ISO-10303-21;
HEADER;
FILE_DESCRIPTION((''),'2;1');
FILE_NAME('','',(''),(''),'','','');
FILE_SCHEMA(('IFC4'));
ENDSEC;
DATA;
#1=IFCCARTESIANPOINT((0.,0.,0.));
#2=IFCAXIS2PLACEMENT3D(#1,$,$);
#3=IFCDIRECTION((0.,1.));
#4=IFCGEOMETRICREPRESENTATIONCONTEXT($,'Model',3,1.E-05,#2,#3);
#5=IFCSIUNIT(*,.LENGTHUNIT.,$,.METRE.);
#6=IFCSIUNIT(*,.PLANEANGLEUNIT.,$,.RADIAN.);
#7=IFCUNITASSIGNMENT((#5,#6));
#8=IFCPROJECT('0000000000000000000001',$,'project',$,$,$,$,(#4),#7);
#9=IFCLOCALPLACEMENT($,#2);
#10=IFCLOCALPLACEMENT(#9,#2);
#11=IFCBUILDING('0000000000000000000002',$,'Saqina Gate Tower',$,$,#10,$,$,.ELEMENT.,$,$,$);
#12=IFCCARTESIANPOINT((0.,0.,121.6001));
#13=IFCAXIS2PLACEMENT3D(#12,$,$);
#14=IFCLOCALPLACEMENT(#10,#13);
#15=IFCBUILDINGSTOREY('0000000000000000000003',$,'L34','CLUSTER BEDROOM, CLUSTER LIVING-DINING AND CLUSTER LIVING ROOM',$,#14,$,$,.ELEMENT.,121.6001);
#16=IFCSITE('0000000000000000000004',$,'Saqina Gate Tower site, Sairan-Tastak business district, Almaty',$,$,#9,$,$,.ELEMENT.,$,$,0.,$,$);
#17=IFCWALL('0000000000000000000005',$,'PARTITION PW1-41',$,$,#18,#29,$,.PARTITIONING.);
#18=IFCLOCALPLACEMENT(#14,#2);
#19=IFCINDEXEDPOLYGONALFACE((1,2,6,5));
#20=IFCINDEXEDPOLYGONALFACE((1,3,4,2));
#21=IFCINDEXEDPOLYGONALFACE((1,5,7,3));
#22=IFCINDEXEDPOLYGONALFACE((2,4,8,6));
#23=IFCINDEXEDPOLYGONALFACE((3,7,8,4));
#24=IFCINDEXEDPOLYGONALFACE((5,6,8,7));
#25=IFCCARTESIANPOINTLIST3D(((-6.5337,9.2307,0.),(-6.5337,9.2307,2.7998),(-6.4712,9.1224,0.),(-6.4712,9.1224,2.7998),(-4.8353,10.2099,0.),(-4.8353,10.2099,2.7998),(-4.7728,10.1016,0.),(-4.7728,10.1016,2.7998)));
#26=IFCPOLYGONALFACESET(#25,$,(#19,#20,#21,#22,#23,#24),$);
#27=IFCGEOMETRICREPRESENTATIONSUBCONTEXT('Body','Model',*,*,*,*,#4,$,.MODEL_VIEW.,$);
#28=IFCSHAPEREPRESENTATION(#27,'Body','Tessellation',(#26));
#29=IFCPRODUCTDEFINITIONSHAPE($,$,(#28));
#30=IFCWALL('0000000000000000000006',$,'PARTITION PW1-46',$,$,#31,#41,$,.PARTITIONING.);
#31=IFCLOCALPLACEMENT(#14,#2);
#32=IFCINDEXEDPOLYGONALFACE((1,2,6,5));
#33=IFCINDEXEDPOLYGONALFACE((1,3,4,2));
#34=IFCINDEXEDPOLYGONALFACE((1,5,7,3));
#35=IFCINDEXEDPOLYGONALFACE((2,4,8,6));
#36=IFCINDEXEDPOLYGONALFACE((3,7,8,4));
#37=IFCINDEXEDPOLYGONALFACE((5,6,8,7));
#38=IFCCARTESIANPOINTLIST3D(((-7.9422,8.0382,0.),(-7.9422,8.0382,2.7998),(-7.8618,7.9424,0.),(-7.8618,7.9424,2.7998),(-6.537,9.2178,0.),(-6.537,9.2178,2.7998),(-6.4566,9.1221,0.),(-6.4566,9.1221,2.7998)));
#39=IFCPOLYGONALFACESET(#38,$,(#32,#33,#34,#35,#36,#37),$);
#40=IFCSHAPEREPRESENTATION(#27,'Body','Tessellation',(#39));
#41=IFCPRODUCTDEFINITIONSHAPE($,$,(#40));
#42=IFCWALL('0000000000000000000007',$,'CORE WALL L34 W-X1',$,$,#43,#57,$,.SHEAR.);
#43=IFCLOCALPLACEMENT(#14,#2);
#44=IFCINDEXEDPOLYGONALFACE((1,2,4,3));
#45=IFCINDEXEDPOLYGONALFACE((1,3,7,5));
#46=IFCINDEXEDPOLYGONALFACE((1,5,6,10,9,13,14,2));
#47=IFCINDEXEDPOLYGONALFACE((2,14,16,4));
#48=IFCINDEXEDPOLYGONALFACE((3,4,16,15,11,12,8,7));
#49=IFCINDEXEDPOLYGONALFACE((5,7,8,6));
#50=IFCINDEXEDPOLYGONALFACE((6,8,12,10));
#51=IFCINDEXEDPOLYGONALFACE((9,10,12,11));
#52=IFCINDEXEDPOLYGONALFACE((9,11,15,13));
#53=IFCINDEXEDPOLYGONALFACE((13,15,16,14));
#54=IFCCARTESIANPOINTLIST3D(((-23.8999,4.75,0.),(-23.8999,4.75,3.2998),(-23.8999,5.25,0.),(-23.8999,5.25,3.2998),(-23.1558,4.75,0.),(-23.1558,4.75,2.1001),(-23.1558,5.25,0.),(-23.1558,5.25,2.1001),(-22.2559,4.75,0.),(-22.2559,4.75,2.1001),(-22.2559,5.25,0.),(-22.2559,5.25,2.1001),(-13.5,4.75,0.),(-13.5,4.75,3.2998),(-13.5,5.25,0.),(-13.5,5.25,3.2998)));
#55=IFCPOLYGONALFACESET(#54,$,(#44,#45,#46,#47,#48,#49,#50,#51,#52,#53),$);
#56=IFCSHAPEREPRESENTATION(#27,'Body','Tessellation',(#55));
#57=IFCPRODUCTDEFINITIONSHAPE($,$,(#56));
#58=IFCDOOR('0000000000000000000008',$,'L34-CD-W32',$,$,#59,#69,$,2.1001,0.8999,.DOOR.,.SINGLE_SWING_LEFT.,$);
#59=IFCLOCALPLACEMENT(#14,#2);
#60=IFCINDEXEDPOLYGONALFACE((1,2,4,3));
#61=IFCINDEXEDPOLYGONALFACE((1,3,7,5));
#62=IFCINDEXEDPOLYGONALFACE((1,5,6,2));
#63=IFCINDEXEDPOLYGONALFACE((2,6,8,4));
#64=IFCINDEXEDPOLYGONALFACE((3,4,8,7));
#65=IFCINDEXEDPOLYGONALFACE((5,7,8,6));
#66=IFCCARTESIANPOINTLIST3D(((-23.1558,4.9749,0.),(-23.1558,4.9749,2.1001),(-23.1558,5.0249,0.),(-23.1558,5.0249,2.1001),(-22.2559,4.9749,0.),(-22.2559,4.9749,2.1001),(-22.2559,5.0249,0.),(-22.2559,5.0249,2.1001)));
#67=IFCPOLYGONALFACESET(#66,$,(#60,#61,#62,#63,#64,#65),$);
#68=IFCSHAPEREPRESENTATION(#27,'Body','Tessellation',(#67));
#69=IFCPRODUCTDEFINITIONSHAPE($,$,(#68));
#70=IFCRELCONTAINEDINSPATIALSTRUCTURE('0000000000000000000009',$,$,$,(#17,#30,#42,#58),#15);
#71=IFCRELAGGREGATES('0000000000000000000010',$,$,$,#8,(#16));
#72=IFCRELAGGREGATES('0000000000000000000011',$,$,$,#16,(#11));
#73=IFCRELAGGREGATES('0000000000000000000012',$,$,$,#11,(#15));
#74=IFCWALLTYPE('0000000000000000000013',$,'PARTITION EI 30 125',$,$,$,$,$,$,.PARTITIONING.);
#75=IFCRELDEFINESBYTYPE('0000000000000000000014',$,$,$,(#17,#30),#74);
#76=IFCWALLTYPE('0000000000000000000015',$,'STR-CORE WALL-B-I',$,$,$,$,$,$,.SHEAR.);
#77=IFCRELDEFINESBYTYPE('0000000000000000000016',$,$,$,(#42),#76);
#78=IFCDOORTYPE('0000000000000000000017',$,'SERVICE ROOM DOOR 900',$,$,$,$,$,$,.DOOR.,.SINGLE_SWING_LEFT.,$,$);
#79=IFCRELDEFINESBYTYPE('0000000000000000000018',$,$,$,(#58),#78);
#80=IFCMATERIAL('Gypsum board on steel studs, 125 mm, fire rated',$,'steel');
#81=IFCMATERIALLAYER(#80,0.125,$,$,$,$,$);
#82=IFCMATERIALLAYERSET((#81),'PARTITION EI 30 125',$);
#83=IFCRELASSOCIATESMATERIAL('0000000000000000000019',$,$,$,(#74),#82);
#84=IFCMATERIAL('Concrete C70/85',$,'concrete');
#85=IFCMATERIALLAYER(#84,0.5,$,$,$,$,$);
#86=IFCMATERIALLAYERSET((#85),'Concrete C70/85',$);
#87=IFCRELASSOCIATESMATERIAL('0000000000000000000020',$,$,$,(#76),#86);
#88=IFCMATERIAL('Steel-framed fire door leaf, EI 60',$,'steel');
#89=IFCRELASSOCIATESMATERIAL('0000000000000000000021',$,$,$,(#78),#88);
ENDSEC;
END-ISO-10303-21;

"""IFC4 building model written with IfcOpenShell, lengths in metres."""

from ifc_helpers import new_model, si_unit, direction, frame, frame_2d, origin, place, context, subcontext, project, spatial, rectangle, extrude, material, layer, layer_set, type_object, element, fill, save


model = new_model("IFC4")

# Units and contexts
model_context = context("Model", 3, precision=1e-05, world=origin(), true_north=direction((0.0, 1.0)))
body_context = subcontext(model_context, "Body", "Model", "MODEL_VIEW")
ifc_project = project(units=[si_unit("LENGTHUNIT", "METRE"), si_unit("PLANEANGLEUNIT", "RADIAN")], contexts=[model_context])

# Site, building, storey
site_placement = place(None, origin())
site = spatial("IfcSite", under=ifc_project, at=site_placement, Name="Saqina Gate Tower site, Sairan-Tastak business district, Almaty", CompositionType="ELEMENT", RefElevation=0.0)
building_placement = place(site_placement, origin())
building = spatial("IfcBuilding", under=site, at=building_placement, Name="Saqina Gate Tower", CompositionType="ELEMENT")
storey_placement = place(building_placement, frame((0.0, 0.0, 121.6001)))
storey = spatial("IfcBuildingStorey", under=building, at=storey_placement, Name="L34", Description="CLUSTER BEDROOM, CLUSTER LIVING-DINING AND CLUSTER LIVING ROOM", CompositionType="ELEMENT", Elevation=121.6001)

# Walls
ifc_material_1 = material(Name="Gypsum board on steel studs, 125 mm, fire rated", Category="steel")
ifc_layer_1 = layer(ifc_material_1, 0.125)
ifc_layer_set_1 = layer_set([ifc_layer_1], Name="PARTITION EI 30 125")
wall_type_1 = type_object("IfcWallType", Name="PARTITION EI 30 125", PredefinedType="PARTITIONING", material=ifc_layer_set_1)
wall_1_placement = place(storey_placement, frame((-6.5024, 9.1765, 0.0), z_axis=(0.0, 0.0, 1.0), x_axis=(0.866329, 0.499474, 0.0)))
element("IfcWall", 1, at=wall_1_placement, inside=storey, type_object=wall_type_1, Name="PARTITION PW1-41", PredefinedType="PARTITIONING", context=body_context, shape_type="SweptSolid", body=[
    extrude(rectangle(XDim=1.9604, YDim=0.125, at=frame_2d((0.9802, 0.0))), origin(), (0.0, 0.0, 1.0), 2.7998),
])
wall_2_placement = place(storey_placement, frame((-7.9021, 7.9902, 0.0), z_axis=(0.0, 0.0, 1.0), x_axis=(0.765904, 0.642955, 0.0)))
element("IfcWall", 2, at=wall_2_placement, inside=storey, type_object=wall_type_1, Name="PARTITION PW1-46", PredefinedType="PARTITIONING", context=body_context, shape_type="SweptSolid", body=[
    extrude(rectangle(XDim=1.8347, YDim=0.125, at=frame_2d((0.9175, 0.0))), origin(), (0.0, 0.0, 1.0), 2.7998),
])

# Wall, opening, door
ifc_material_2 = material(Name="Concrete C70/85", Category="concrete")
ifc_layer_2 = layer(ifc_material_2, 0.5)
ifc_layer_set_2 = layer_set([ifc_layer_2], Name="Concrete C70/85")
wall_type_2 = type_object("IfcWallType", Name="STR-CORE WALL-B-I", PredefinedType="SHEAR", material=ifc_layer_set_2)
wall_3_placement = place(storey_placement, frame((-13.5, 5.0, 0.0), z_axis=(0.0, 0.0, 1.0), x_axis=(-1.0, 0.0, 0.0)))
wall_3 = element("IfcWall", 3, at=wall_3_placement, inside=storey, type_object=wall_type_2, Name="CORE WALL L34 W-X1", PredefinedType="SHEAR", context=body_context, shape_type="SweptSolid", body=[
    extrude(rectangle(XDim=10.3999, YDim=0.5, at=frame_2d((5.2, 0.0))), origin(), (0.0, 0.0, 1.0), 3.2998),
])
opening_1_placement = place(wall_3_placement, frame((8.7559, 0.0, 0.0)))
opening_1 = element("IfcOpeningElement", 4, at=opening_1_placement, cuts=wall_3, PredefinedType="OPENING", context=body_context, shape_type="SweptSolid", body=[
    extrude(rectangle(XDim=0.8999, YDim=2.1001, at=frame_2d((0.45, 1.05))), frame((0.0, 0.262, 0.0), z_axis=(0.0, -1.0, 0.0), x_axis=(1.0, 0.0, 0.0)), (0.0, 0.0, 1.0), 0.5239),
])
ifc_material_3 = material(Name="Steel-framed fire door leaf, EI 60", Category="steel")
door_type_1 = type_object("IfcDoorType", Name="SERVICE ROOM DOOR 900", OperationType="SINGLE_SWING_LEFT", PredefinedType="DOOR", material=ifc_material_3)
door_1_placement = place(opening_1_placement, frame((0.8999, 0.0, 0.0), z_axis=(0.0, 0.0, 1.0), x_axis=(-1.0, 0.0, 0.0)))
door_1 = element("IfcDoor", 5, at=door_1_placement, inside=storey, type_object=door_type_1, Name="L34-CD-W32", OperationType="SINGLE_SWING_LEFT", OverallHeight=2.1001, OverallWidth=0.8999, PredefinedType="DOOR", context=body_context, shape_type="SweptSolid", body=[
    extrude(rectangle(XDim=0.8999, YDim=2.1001, at=frame_2d((0.45, 1.05))), frame((0.0, 0.0249, 0.0), z_axis=(0.0, -1.0, 0.0), x_axis=(1.0, 0.0, 0.0)), (0.0, 0.0, 1.0), 0.05),
])
fill(opening_1, door_1)

save(model, "model.ifc")
